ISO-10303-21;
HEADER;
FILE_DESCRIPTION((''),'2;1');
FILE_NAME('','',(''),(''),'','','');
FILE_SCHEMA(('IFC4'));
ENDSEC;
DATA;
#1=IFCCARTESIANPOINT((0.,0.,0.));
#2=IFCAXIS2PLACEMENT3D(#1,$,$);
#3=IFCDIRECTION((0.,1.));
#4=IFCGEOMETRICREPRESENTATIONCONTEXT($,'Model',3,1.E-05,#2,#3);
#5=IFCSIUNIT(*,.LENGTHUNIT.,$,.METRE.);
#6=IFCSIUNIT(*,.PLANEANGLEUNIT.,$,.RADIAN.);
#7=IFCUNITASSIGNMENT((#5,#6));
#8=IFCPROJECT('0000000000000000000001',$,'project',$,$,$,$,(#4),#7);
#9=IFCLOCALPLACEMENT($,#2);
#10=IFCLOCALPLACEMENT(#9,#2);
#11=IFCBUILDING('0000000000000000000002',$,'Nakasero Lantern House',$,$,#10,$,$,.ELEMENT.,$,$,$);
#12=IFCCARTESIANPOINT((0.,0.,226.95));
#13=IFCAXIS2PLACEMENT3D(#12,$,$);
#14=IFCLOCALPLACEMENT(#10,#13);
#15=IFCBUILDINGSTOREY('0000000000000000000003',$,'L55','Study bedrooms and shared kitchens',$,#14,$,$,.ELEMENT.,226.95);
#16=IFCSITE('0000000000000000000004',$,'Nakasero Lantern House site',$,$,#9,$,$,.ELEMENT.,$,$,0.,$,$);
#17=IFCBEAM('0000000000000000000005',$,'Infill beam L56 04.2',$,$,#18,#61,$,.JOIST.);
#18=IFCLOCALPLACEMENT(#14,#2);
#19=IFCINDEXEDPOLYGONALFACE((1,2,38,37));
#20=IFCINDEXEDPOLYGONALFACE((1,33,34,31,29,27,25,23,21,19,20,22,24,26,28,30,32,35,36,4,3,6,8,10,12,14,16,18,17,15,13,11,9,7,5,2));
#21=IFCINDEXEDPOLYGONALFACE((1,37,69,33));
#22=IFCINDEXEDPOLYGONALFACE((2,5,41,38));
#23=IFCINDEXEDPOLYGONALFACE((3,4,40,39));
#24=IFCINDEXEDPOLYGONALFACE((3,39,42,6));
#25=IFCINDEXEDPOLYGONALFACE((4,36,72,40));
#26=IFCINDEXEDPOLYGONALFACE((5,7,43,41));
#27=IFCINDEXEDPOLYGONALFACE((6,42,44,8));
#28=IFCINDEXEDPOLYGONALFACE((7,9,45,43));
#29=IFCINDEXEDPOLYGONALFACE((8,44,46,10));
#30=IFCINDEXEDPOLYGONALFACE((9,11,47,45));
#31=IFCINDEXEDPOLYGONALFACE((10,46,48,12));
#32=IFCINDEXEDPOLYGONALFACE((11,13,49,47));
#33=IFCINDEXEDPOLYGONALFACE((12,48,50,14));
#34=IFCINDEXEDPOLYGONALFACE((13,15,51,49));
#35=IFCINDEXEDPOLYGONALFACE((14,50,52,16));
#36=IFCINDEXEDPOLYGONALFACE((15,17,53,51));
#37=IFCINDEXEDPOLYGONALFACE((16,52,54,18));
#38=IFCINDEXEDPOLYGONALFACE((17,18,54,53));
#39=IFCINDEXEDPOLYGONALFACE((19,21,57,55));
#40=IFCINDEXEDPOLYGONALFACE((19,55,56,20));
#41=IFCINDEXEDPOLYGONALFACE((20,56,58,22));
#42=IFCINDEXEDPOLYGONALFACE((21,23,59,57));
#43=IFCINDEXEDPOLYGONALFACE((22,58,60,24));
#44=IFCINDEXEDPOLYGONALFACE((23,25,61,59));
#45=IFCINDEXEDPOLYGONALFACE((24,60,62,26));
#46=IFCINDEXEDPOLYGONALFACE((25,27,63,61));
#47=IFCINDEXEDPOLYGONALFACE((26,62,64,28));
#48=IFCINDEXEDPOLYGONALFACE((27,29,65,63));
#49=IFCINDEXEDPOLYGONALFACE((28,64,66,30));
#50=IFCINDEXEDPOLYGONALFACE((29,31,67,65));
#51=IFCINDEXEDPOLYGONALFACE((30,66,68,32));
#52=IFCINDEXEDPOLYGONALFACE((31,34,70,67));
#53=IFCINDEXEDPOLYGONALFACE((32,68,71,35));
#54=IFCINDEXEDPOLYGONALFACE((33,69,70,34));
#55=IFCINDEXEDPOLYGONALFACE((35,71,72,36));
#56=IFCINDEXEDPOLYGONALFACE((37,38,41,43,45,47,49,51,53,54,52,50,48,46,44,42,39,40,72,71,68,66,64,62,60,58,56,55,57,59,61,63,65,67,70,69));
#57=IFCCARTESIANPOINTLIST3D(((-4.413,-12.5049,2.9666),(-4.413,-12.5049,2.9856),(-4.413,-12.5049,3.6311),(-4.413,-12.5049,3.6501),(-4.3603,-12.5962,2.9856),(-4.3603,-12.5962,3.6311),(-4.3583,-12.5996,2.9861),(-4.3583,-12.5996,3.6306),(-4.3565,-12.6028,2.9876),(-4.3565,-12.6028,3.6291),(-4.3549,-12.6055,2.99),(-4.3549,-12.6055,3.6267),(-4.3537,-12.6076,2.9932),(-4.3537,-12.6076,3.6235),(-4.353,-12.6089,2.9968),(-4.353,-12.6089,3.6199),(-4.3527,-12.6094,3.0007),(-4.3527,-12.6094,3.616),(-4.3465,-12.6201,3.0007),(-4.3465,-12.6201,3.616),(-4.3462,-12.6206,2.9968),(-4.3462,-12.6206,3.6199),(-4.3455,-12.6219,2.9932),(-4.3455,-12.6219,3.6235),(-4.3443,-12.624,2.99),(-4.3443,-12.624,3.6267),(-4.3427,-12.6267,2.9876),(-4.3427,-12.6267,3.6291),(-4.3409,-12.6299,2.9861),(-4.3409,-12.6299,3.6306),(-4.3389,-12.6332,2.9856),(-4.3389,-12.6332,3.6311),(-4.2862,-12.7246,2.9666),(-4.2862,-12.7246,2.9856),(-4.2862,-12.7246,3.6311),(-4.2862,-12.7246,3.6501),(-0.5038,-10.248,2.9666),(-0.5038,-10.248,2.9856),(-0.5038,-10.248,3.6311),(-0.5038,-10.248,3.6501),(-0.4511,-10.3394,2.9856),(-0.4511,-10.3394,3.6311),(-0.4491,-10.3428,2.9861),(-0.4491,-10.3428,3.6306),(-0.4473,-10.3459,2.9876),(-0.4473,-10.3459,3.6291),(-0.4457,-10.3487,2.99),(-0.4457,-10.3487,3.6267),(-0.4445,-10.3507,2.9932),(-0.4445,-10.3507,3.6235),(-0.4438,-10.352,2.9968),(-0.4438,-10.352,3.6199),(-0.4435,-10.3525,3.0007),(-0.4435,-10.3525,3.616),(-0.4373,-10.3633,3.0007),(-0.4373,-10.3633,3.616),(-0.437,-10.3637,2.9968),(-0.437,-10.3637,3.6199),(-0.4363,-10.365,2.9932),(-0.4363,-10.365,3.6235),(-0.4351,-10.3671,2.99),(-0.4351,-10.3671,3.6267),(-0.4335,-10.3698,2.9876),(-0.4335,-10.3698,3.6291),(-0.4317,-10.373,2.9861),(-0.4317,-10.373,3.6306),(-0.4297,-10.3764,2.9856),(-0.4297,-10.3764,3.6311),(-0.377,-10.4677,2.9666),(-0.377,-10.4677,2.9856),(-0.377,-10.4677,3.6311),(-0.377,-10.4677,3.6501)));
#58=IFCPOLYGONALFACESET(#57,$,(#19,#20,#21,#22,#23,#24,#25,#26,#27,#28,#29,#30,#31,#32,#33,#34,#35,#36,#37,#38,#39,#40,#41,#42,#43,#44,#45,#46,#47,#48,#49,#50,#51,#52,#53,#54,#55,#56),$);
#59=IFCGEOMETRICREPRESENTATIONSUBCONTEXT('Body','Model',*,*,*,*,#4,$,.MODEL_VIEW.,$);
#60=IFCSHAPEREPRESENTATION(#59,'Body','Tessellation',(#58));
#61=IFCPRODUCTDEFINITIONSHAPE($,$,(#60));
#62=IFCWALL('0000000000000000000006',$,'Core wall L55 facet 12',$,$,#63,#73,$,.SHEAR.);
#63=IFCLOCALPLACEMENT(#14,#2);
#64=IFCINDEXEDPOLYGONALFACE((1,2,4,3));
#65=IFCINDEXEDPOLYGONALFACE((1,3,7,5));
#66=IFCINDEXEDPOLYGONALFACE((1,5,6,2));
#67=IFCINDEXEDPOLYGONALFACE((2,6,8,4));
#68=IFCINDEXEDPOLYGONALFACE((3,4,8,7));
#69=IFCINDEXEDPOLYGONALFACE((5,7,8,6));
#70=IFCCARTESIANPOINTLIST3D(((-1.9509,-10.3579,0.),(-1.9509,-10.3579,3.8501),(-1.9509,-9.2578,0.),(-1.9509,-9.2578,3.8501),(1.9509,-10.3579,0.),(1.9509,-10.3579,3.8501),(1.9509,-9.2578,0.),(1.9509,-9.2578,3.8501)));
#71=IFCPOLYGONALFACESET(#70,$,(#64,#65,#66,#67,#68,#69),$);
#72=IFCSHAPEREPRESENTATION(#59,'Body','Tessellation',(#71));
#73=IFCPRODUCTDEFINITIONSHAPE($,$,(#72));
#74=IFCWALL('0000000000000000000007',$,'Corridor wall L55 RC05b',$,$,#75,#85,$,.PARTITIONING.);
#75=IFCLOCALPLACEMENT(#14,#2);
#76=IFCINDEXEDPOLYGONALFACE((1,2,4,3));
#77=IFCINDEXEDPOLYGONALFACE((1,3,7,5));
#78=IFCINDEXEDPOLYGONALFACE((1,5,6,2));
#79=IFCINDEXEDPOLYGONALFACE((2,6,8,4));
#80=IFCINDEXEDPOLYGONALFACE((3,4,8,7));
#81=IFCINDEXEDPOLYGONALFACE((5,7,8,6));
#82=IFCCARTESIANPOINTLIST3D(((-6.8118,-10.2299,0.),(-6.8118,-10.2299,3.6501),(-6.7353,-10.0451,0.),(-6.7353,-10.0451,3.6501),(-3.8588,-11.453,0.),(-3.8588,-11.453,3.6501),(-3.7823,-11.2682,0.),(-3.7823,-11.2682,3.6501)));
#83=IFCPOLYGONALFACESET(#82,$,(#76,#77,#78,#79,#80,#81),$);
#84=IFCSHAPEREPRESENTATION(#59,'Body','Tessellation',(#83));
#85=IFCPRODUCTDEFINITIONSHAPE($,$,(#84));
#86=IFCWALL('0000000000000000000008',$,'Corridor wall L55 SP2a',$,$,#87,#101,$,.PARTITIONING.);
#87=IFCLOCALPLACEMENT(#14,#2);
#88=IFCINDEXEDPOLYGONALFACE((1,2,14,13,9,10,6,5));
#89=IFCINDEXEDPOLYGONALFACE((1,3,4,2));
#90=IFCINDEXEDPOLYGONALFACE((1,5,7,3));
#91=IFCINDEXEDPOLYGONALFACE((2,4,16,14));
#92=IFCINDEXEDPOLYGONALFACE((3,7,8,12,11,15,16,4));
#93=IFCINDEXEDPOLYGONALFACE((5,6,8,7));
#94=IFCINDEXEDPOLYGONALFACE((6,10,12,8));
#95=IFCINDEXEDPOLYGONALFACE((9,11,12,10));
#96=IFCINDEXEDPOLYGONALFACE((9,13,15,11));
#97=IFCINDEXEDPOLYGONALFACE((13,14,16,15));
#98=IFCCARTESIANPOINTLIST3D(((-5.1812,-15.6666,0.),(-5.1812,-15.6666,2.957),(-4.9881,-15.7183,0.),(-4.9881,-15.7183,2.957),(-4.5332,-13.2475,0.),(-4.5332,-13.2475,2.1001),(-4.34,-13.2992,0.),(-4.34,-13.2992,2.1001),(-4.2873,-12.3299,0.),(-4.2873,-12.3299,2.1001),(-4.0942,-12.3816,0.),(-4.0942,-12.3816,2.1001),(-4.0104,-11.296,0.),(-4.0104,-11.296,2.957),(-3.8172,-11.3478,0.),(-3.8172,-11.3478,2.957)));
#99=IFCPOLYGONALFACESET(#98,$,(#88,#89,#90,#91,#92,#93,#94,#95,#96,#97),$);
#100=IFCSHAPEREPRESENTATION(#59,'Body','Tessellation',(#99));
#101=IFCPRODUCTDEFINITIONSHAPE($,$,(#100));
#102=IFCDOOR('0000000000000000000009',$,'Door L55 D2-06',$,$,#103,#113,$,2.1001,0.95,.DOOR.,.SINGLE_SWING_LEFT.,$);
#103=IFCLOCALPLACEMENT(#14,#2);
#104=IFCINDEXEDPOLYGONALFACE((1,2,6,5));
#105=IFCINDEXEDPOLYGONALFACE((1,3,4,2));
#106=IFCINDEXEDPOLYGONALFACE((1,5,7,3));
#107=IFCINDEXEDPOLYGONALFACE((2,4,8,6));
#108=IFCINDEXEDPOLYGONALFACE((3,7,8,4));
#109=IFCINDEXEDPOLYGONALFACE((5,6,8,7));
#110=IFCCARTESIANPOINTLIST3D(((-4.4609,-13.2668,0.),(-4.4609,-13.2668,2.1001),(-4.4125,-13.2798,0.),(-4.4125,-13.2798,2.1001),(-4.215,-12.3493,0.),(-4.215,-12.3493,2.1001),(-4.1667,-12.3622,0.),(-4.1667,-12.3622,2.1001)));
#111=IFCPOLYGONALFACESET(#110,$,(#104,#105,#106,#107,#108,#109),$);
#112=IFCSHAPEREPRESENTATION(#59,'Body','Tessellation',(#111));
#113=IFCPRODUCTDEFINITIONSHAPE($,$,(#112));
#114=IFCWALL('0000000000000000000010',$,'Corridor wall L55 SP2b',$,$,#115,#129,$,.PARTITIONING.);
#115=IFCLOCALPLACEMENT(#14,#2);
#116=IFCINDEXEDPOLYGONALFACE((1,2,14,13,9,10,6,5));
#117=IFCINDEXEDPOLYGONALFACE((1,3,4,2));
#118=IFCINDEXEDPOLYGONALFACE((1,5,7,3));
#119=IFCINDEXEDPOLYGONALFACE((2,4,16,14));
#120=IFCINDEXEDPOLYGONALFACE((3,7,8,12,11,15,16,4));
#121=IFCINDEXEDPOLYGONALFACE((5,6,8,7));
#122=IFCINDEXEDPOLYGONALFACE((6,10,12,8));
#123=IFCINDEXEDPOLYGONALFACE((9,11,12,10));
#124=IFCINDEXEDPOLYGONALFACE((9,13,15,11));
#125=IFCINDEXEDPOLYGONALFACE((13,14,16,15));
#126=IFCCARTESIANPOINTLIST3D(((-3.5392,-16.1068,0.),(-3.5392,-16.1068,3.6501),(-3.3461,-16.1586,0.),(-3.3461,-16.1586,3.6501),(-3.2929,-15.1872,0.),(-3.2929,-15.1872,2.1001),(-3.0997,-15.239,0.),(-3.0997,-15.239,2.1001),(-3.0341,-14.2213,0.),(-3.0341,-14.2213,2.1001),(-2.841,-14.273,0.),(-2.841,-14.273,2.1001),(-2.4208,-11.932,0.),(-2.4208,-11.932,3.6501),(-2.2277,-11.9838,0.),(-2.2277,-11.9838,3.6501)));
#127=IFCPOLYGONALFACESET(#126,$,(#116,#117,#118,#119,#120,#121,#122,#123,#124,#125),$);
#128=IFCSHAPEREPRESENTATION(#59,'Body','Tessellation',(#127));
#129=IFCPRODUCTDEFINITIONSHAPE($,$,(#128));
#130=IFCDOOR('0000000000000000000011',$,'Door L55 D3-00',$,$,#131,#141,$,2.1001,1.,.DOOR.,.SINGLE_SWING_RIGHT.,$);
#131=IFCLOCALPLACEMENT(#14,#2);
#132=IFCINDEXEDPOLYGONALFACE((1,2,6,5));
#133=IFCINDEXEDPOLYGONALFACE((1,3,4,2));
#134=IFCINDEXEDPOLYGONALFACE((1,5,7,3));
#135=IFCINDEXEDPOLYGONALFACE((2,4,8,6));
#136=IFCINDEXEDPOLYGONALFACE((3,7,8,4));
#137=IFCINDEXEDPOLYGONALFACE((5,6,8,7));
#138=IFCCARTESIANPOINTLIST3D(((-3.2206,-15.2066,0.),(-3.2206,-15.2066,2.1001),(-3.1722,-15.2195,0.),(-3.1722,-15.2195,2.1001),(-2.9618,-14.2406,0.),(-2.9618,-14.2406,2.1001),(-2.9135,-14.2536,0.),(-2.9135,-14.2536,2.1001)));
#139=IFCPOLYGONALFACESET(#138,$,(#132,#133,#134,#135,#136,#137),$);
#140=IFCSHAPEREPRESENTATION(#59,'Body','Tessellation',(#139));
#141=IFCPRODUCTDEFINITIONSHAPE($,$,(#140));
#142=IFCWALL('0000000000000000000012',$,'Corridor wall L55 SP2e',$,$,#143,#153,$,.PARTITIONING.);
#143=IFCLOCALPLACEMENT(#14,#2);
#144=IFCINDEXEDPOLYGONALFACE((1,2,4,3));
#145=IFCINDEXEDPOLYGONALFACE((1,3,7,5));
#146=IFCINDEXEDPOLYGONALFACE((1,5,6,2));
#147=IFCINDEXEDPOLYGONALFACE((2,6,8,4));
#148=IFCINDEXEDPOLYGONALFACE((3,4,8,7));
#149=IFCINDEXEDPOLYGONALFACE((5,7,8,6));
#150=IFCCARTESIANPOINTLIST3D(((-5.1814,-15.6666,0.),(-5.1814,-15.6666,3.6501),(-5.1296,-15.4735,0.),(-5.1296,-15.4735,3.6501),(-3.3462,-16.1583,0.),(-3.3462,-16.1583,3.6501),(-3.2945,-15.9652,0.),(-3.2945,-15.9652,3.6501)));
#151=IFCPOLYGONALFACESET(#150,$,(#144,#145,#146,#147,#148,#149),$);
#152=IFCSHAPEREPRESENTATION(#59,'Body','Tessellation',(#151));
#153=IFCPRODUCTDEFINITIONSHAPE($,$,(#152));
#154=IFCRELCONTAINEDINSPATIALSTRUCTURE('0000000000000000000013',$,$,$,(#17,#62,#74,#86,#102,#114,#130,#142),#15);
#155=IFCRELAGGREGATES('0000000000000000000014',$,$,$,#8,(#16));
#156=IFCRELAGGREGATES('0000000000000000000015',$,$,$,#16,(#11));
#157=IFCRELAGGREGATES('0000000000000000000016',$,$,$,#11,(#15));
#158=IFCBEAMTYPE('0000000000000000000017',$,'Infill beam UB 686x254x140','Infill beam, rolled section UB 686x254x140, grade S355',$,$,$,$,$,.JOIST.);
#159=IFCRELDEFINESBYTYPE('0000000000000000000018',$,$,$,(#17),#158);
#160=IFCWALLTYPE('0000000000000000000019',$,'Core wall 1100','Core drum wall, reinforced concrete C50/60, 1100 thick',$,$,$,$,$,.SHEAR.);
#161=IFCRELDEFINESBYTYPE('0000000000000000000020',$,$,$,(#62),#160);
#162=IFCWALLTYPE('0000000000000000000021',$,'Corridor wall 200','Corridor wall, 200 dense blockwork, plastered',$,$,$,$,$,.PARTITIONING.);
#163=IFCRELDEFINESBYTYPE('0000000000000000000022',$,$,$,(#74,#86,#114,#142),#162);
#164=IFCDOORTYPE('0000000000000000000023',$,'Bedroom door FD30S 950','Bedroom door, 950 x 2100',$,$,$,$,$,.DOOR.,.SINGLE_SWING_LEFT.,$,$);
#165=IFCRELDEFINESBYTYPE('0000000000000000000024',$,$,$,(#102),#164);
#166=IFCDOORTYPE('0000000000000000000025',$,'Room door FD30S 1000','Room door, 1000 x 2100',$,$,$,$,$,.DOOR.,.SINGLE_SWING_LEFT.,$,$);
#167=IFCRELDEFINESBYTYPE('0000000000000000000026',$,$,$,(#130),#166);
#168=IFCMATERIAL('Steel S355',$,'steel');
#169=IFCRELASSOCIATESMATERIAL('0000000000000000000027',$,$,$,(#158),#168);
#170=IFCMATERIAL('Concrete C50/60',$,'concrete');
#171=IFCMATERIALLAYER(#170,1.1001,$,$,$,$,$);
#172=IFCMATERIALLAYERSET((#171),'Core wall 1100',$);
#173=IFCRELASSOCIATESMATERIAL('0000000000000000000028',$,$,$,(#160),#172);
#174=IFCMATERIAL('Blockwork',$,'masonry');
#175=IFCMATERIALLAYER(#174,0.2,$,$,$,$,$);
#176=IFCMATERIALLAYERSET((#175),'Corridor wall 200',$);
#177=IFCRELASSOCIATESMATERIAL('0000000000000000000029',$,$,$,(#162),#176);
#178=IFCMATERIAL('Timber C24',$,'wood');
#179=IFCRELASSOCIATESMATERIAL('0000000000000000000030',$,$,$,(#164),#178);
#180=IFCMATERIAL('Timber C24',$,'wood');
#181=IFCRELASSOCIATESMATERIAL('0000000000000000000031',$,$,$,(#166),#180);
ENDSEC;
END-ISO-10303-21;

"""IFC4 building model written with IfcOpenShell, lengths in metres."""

from ifc_helpers import new_model, si_unit, direction, frame, frame_2d, origin, origin_2d, place, context, subcontext, project, spatial, rectangle, i_section, extrude, material, layer, layer_set, material_profile, profile_set, type_object, element, fill, save


model = new_model("IFC4")

# Units and contexts
model_context = context("Model", 3, precision=1e-05, world=origin(), true_north=direction((0.0, 1.0)))
body_context = subcontext(model_context, "Body", "Model", "MODEL_VIEW")
ifc_project = project(units=[si_unit("LENGTHUNIT", "METRE"), si_unit("PLANEANGLEUNIT", "RADIAN")], contexts=[model_context])

# Site, building, storey
site_placement = place(None, origin())
site = spatial("IfcSite", under=ifc_project, at=site_placement, Name="Nakasero Lantern House site", CompositionType="ELEMENT", RefElevation=0.0)
building_placement = place(site_placement, origin())
building = spatial("IfcBuilding", under=site, at=building_placement, Name="Nakasero Lantern House", CompositionType="ELEMENT")
storey_placement = place(building_placement, frame((0.0, 0.0, 226.95)))
storey = spatial("IfcBuildingStorey", under=building, at=storey_placement, Name="L55", Description="Study bedrooms and shared kitchens", CompositionType="ELEMENT", Elevation=226.95)

# Beam
ifc_material_1 = material(Name="Steel S355", Category="steel")
ifc_material_profile = material_profile(ifc_material_1, i_section(OverallWidth=0.2537, OverallDepth=0.6836, WebThickness=0.0125, FlangeThickness=0.019, FilletRadius=0.0151, at=origin_2d()), Name="UB 686x254x140")
ifc_profile_set = profile_set([ifc_material_profile], Name="Steel S355")
beam_type = type_object("IfcBeamType", Name="Infill beam UB 686x254x140", Description="Infill beam, rolled section UB 686x254x140, grade S355", PredefinedType="JOIST", material=ifc_profile_set)
beam_placement = place(storey_placement, frame((-4.3496, -12.6147, 3.3083), z_axis=(0.866038, 0.499978, 0.0), x_axis=(-0.499978, 0.866038, 0.0)))
element("IfcBeam", 1, at=beam_placement, inside=storey, type_object=beam_type, Name="Infill beam L56 04.2", PredefinedType="JOIST", context=body_context, shape_type="SweptSolid", body=[
    extrude(i_section(OverallWidth=0.2537, OverallDepth=0.6836, WebThickness=0.0125, FlangeThickness=0.019, FilletRadius=0.0151, at=origin_2d()), origin(), (0.0, 0.0, 1.0), 4.5139),
])

# Walls
ifc_material_2 = material(Name="Concrete C50/60", Category="concrete")
ifc_layer_1 = layer(ifc_material_2, 1.1001)
ifc_layer_set_1 = layer_set([ifc_layer_1], Name="Core wall 1100")
wall_type_1 = type_object("IfcWallType", Name="Core wall 1100", Description="Core drum wall, reinforced concrete C50/60, 1100 thick", PredefinedType="SHEAR", material=ifc_layer_set_1)
wall_1_placement = place(storey_placement, frame((-1.9509, -9.8079, 0.0), z_axis=(0.0, 0.0, 1.0), x_axis=(1.0, 0.0, 0.0)))
element("IfcWall", 2, at=wall_1_placement, inside=storey, type_object=wall_type_1, Name="Core wall L55 facet 12", PredefinedType="SHEAR", context=body_context, shape_type="SweptSolid", body=[
    extrude(rectangle(XDim=3.9019, YDim=1.1001, at=frame_2d((1.9509, 0.0))), origin(), (0.0, 0.0, 1.0), 3.8501),
])
ifc_material_3 = material(Name="Blockwork", Category="masonry")
ifc_layer_2 = layer(ifc_material_3, 0.2)
ifc_layer_set_2 = layer_set([ifc_layer_2], Name="Corridor wall 200")
wall_type_2 = type_object("IfcWallType", Name="Corridor wall 200", Description="Corridor wall, 200 dense blockwork, plastered", PredefinedType="PARTITIONING", material=ifc_layer_set_2)
wall_2_placement = place(storey_placement, frame((-3.8206, -11.3606, 0.0), z_axis=(0.0, 0.0, 1.0), x_axis=(-0.923888, 0.382662, 0.0)))
element("IfcWall", 3, at=wall_2_placement, inside=storey, type_object=wall_type_2, Name="Corridor wall L55 RC05b", PredefinedType="PARTITIONING", context=body_context, shape_type="SweptSolid", body=[
    extrude(rectangle(XDim=3.1963, YDim=0.2, at=frame_2d((1.5981, 0.0))), origin(), (0.0, 0.0, 1.0), 3.6501),
])

# Walls, openings, doors
wall_3_placement = place(storey_placement, frame((-3.9138, -11.322, 0.0), z_axis=(0.0, 0.0, 1.0), x_axis=(-0.258777, -0.965937, 0.0)))
wall_3 = element("IfcWall", 4, at=wall_3_placement, inside=storey, type_object=wall_type_2, Name="Corridor wall L55 SP2a", PredefinedType="PARTITIONING", context=body_context, shape_type="SweptSolid", body=[
    extrude(rectangle(XDim=4.5247, YDim=0.2, at=frame_2d((2.2622, 0.0))), origin(), (0.0, 0.0, 1.0), 2.957),
])
opening_1_placement = place(wall_3_placement, frame((1.0701, 0.0, 0.0)))
opening_1 = element("IfcOpeningElement", 5, at=opening_1_placement, cuts=wall_3, PredefinedType="OPENING", context=body_context, shape_type="SweptSolid", body=[
    extrude(rectangle(XDim=0.95, YDim=2.1001, at=frame_2d((0.4751, 1.05))), frame((0.0, 0.1199, 0.0), z_axis=(0.0, -1.0, 0.0), x_axis=(1.0, 0.0, 0.0)), (0.0, 0.0, 1.0), 0.24),
])
ifc_material_4 = material(Name="Timber C24", Category="wood")
door_type_1 = type_object("IfcDoorType", Name="Bedroom door FD30S 950", Description="Bedroom door, 950 x 2100", OperationType="SINGLE_SWING_LEFT", PredefinedType="DOOR", material=ifc_material_4)
door_1_placement = place(opening_1_placement, origin())
door_1 = element("IfcDoor", 6, at=door_1_placement, inside=storey, type_object=door_type_1, Name="Door L55 D2-06", OperationType="SINGLE_SWING_LEFT", OverallHeight=2.1001, OverallWidth=0.95, PredefinedType="DOOR", context=body_context, shape_type="SweptSolid", body=[
    extrude(rectangle(XDim=0.95, YDim=2.1001, at=frame_2d((0.4751, 1.05))), frame((0.0, 0.0249, 0.0), z_axis=(0.0, -1.0, 0.0), x_axis=(1.0, 0.0, 0.0)), (0.0, 0.0, 1.0), 0.05),
])
fill(opening_1, door_1)
wall_4_placement = place(storey_placement, frame((-2.3242, -11.9578, 0.0), z_axis=(0.0, 0.0, 1.0), x_axis=(-0.25877, -0.965939, 0.0)))
wall_4 = element("IfcWall", 7, at=wall_4_placement, inside=storey, type_object=wall_type_2, Name="Corridor wall L55 SP2b", PredefinedType="PARTITIONING", context=body_context, shape_type="SweptSolid", body=[
    extrude(rectangle(XDim=4.322, YDim=0.2, at=frame_2d((2.1611, 0.0))), origin(), (0.0, 0.0, 1.0), 3.6501),
])
opening_2_placement = place(wall_4_placement, frame((2.3701, 0.0, 0.0)))
opening_2 = element("IfcOpeningElement", 8, at=opening_2_placement, cuts=wall_4, PredefinedType="OPENING", context=body_context, shape_type="SweptSolid", body=[
    extrude(rectangle(XDim=1.0, YDim=2.1001, at=frame_2d((0.5, 1.05))), frame((0.0, 0.1199, 0.0), z_axis=(0.0, -1.0, 0.0), x_axis=(1.0, 0.0, 0.0)), (0.0, 0.0, 1.0), 0.24),
])
ifc_material_5 = material(Name="Timber C24", Category="wood")
door_type_2 = type_object("IfcDoorType", Name="Room door FD30S 1000", Description="Room door, 1000 x 2100", OperationType="SINGLE_SWING_LEFT", PredefinedType="DOOR", material=ifc_material_5)
door_2_placement = place(opening_2_placement, origin())
door_2 = element("IfcDoor", 9, at=door_2_placement, inside=storey, type_object=door_type_2, Name="Door L55 D3-00", OperationType="SINGLE_SWING_RIGHT", OverallHeight=2.1001, OverallWidth=1.0, PredefinedType="DOOR", context=body_context, shape_type="SweptSolid", body=[
    extrude(rectangle(XDim=1.0, YDim=2.1001, at=frame_2d((0.5, 1.05))), frame((0.0, 0.0249, 0.0), z_axis=(0.0, -1.0, 0.0), x_axis=(1.0, 0.0, 0.0)), (0.0, 0.0, 1.0), 0.05),
])
fill(opening_2, door_2)

# Wall
wall_5_placement = place(storey_placement, frame((-5.1555, -15.5701, 0.0), z_axis=(0.0, 0.0, 1.0), x_axis=(0.965931, -0.258798, 0.0)))
element("IfcWall", 10, at=wall_5_placement, inside=storey, type_object=wall_type_2, Name="Corridor wall L55 SP2e", PredefinedType="PARTITIONING", context=body_context, shape_type="SweptSolid", body=[
    extrude(rectangle(XDim=1.8999, YDim=0.2, at=frame_2d((0.95, 0.0))), origin(), (0.0, 0.0, 1.0), 3.6501),
])

save(model, "model.ifc")
